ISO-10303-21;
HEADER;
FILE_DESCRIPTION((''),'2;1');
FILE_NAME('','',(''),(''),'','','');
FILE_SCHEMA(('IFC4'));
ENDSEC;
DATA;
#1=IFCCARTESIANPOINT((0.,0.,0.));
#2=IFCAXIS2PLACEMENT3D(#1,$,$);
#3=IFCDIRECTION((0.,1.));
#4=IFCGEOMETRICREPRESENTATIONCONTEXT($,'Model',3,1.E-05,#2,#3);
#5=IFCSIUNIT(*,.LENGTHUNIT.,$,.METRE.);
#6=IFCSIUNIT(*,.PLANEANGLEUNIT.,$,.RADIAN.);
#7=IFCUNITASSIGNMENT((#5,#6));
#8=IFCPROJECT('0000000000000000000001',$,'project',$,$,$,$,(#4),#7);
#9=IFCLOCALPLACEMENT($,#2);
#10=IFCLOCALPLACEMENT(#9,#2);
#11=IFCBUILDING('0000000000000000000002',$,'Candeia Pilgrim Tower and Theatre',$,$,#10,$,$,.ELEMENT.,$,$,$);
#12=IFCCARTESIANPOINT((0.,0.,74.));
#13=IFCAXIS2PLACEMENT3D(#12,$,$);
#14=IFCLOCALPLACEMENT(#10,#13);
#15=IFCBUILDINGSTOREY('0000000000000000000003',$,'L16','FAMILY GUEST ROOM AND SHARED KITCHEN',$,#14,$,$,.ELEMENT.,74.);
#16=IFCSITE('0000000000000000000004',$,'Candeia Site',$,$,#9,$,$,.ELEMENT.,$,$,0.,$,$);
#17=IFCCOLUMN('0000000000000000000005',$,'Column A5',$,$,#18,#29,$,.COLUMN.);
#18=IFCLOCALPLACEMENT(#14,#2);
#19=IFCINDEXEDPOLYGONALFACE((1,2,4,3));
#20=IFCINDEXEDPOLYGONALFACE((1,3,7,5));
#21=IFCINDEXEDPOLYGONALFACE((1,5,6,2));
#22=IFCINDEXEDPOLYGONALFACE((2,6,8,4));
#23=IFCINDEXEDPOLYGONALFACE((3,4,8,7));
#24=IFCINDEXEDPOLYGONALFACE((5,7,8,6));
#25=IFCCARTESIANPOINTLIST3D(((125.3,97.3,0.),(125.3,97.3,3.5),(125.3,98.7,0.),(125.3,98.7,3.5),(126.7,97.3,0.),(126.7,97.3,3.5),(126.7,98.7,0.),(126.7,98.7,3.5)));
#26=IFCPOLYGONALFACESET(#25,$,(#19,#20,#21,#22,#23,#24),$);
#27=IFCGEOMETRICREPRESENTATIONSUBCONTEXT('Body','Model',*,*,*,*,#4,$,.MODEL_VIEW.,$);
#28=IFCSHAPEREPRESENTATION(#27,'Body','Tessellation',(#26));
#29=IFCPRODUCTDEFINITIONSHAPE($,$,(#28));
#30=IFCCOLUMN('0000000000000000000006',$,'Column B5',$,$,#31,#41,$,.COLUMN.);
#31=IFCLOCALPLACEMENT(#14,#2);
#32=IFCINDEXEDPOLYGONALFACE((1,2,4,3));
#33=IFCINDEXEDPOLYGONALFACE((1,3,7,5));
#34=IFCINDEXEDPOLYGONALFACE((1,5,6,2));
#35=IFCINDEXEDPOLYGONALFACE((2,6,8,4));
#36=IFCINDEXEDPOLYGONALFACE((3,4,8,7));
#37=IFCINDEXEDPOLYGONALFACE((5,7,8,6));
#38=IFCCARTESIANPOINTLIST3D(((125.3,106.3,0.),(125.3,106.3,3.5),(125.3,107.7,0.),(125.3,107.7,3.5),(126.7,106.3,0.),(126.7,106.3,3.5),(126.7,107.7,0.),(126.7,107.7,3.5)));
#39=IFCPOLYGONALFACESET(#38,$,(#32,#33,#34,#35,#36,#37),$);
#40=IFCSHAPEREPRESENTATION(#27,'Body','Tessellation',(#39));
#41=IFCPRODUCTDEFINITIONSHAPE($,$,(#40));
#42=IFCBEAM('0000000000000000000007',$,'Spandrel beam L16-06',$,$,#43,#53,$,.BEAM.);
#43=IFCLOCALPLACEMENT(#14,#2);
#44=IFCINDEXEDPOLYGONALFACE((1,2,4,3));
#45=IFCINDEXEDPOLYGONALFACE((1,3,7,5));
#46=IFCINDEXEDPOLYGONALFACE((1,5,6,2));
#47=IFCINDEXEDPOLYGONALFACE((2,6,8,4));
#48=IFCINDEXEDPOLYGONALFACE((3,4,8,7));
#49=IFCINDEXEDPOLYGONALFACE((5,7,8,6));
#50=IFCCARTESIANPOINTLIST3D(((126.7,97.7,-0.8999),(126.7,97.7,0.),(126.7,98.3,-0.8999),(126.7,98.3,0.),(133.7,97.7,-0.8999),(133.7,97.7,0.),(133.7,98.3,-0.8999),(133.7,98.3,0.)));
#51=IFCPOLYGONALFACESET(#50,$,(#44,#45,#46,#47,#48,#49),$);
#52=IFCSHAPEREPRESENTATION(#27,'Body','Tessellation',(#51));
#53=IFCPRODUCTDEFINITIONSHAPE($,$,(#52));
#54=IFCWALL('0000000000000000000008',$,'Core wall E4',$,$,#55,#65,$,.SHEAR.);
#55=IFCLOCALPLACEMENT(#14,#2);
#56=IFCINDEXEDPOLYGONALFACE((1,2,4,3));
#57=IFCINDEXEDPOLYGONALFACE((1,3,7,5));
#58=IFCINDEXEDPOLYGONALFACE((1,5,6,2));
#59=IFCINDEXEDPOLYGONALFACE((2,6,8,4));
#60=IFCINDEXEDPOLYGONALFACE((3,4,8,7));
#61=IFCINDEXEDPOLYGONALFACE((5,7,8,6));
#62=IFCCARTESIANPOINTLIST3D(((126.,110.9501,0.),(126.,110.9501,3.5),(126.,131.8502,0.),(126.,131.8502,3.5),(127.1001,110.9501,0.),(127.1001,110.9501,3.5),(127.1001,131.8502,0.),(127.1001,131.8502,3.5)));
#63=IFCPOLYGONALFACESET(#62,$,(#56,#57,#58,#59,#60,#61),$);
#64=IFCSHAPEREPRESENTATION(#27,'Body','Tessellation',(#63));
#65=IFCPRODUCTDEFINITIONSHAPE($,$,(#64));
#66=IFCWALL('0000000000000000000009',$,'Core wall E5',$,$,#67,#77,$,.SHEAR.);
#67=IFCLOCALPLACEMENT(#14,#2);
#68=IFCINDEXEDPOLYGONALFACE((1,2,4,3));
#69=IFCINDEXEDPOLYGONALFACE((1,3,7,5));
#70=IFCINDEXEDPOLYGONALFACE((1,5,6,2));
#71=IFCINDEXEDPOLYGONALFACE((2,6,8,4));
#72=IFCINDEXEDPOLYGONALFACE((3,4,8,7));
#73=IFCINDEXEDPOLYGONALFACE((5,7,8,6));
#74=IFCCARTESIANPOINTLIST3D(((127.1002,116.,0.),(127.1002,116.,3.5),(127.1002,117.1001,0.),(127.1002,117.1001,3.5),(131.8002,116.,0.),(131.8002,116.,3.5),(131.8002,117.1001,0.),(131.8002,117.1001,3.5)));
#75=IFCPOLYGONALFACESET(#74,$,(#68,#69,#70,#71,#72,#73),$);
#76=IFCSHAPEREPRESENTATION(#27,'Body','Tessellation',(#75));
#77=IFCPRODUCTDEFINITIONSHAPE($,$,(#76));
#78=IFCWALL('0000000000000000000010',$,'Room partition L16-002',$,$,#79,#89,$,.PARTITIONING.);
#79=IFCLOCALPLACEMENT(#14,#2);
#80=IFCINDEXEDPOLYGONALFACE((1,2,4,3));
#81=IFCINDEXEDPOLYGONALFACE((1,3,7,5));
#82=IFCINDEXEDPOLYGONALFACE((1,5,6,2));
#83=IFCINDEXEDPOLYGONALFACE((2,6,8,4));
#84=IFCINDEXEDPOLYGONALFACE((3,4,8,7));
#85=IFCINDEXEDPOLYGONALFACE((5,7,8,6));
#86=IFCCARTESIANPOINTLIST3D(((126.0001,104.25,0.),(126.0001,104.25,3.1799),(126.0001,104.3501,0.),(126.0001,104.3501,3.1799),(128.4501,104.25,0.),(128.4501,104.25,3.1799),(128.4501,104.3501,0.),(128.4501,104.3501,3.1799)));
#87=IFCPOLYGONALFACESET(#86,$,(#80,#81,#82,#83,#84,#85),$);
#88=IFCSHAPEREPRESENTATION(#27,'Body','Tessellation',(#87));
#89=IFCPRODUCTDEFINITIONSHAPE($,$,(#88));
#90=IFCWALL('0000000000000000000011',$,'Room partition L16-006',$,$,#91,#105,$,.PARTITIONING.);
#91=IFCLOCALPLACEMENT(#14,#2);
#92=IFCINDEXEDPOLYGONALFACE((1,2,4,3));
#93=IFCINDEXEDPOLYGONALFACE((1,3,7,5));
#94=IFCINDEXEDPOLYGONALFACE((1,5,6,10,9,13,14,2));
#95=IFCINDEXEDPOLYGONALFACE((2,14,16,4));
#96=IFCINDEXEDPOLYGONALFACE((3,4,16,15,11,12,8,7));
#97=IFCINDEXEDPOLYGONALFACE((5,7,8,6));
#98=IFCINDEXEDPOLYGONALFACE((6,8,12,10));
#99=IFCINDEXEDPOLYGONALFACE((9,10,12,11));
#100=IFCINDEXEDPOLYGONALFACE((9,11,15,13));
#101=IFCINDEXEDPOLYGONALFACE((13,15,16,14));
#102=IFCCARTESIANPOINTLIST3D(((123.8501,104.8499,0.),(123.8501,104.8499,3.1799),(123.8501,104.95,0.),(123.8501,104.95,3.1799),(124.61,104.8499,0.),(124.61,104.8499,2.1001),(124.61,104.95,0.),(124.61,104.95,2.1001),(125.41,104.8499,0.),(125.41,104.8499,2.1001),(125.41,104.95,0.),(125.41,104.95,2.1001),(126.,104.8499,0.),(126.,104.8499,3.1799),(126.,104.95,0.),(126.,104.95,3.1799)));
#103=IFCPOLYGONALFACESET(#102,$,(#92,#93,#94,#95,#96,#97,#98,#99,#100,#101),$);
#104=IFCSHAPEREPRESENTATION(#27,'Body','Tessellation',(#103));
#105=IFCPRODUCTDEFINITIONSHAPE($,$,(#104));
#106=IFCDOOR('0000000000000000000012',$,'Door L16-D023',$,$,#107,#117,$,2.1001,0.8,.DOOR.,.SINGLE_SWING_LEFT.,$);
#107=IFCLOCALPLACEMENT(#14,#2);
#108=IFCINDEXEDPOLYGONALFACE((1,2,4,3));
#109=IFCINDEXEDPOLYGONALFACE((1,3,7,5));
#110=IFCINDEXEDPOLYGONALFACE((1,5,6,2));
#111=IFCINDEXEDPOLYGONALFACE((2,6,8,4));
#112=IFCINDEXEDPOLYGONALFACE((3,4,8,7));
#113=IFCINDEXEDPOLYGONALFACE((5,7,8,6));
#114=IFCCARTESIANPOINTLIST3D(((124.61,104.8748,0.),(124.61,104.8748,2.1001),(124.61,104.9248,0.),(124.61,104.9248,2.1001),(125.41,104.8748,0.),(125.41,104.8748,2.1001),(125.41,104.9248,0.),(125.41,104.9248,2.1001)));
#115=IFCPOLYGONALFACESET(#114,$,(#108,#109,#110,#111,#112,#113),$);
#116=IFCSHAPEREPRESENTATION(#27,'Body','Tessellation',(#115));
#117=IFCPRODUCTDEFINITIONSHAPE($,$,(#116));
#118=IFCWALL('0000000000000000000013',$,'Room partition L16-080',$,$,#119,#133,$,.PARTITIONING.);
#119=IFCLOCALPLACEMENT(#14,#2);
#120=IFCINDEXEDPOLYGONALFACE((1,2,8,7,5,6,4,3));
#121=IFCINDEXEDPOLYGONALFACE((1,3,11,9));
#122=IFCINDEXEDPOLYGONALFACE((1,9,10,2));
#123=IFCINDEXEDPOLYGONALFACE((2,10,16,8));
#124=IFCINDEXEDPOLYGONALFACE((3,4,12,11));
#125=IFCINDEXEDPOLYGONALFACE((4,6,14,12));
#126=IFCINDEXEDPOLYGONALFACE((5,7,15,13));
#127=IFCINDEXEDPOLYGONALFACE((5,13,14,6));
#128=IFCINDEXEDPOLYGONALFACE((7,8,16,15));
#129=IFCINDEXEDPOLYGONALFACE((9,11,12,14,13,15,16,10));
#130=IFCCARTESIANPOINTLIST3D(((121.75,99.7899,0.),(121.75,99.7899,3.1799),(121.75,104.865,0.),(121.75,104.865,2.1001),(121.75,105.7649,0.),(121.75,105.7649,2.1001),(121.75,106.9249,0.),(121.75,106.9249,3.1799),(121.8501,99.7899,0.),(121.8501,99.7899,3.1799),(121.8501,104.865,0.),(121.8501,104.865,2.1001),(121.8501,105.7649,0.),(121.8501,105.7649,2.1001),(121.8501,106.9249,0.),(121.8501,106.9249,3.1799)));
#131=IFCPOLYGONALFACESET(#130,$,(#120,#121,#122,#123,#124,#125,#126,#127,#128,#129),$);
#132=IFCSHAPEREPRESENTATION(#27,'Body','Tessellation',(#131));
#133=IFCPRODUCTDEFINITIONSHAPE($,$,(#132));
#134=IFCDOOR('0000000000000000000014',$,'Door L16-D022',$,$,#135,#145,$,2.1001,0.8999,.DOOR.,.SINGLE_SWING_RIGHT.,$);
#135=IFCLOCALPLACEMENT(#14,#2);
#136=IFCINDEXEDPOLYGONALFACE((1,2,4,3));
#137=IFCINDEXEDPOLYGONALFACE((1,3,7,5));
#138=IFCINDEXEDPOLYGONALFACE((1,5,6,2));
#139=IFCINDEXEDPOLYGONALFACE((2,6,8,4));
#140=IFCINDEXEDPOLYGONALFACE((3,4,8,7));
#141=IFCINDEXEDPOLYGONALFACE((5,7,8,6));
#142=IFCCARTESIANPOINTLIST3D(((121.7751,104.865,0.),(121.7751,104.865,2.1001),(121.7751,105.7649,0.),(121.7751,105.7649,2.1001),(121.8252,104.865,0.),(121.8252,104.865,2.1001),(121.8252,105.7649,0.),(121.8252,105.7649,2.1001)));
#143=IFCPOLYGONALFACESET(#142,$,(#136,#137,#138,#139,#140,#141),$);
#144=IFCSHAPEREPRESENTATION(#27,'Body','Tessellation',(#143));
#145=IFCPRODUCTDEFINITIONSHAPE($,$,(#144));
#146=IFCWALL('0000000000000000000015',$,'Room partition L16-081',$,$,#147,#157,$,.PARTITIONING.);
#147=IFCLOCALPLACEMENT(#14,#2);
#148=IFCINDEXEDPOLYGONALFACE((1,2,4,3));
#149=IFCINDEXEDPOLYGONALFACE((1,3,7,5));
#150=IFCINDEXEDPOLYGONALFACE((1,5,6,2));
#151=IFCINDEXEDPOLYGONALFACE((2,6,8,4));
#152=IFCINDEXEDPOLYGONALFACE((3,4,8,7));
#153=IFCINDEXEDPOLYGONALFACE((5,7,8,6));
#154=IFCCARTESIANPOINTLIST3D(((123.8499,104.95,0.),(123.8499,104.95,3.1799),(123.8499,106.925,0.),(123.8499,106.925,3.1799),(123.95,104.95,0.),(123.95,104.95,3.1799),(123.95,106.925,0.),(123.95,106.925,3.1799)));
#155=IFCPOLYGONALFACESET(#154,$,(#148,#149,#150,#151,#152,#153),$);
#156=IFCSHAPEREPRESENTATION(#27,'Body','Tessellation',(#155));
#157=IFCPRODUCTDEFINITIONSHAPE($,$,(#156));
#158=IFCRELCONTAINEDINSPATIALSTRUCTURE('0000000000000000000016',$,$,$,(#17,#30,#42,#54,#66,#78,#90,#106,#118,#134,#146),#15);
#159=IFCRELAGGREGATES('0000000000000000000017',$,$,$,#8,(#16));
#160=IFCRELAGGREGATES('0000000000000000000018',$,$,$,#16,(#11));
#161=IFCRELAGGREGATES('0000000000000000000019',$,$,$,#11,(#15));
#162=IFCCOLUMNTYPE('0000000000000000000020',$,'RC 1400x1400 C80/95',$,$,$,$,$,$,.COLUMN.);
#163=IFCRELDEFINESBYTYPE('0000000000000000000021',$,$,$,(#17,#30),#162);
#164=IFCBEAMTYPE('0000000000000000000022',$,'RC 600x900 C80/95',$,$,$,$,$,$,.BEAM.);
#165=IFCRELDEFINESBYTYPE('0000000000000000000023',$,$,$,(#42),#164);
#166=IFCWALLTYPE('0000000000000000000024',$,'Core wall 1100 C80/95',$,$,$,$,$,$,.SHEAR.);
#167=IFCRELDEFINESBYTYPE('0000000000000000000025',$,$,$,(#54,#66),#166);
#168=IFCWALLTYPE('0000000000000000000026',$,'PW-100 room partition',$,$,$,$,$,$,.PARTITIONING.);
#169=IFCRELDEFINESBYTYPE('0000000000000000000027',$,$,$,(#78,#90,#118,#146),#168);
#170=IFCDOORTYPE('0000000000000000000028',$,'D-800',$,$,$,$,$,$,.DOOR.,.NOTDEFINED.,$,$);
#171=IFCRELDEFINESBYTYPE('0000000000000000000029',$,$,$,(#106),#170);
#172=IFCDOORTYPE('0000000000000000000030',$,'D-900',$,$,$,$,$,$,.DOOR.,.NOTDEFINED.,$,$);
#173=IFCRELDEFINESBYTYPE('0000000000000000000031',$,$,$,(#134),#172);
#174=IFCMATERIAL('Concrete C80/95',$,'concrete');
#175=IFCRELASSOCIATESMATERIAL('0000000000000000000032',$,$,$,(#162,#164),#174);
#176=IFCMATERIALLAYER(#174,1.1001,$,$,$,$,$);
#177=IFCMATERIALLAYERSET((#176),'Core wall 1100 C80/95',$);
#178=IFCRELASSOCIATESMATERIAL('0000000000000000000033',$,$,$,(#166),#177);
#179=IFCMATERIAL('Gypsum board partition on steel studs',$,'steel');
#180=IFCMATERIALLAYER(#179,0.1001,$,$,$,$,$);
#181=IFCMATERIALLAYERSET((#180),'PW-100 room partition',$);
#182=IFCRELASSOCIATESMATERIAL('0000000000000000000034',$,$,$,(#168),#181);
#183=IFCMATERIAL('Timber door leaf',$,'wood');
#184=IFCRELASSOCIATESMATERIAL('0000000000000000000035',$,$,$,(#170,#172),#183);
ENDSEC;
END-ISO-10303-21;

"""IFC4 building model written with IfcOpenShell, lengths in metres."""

from ifc_helpers import new_model, si_unit, direction, frame, frame_2d, origin, origin_2d, place, context, subcontext, project, spatial, rectangle, extrude, material, layer, layer_set, material_profile, profile_set, type_object, element, fill, save


model = new_model("IFC4")

# Units and contexts
model_context = context("Model", 3, precision=1e-05, world=origin(), true_north=direction((0.0, 1.0)))
body_context = subcontext(model_context, "Body", "Model", "MODEL_VIEW")
ifc_project = project(units=[si_unit("LENGTHUNIT", "METRE"), si_unit("PLANEANGLEUNIT", "RADIAN")], contexts=[model_context])

# Site, building, storey
site_placement = place(None, origin())
site = spatial("IfcSite", under=ifc_project, at=site_placement, Name="Candeia Site", CompositionType="ELEMENT", RefElevation=0.0)
building_placement = place(site_placement, origin())
building = spatial("IfcBuilding", under=site, at=building_placement, Name="Candeia Pilgrim Tower and Theatre", CompositionType="ELEMENT")
storey_placement = place(building_placement, frame((0.0, 0.0, 74.0)))
storey = spatial("IfcBuildingStorey", under=building, at=storey_placement, Name="L16", Description="FAMILY GUEST ROOM AND SHARED KITCHEN", CompositionType="ELEMENT", Elevation=74.0)

# Columns
ifc_material_1 = material(Name="Concrete C80/95", Category="concrete")
ifc_material_profile_1 = material_profile(ifc_material_1, rectangle(XDim=1.3999, YDim=1.3999, at=origin_2d()))
ifc_profile_set_1 = profile_set([ifc_material_profile_1], Name="Concrete C80/95")
column_type = type_object("IfcColumnType", Name="RC 1400x1400 C80/95", PredefinedType="COLUMN", material=ifc_profile_set_1)
for number, where, z_axis, x_axis, name in (
    (1, (126.0, 98.0, 0.0), (0.0, 0.0, 1.0), (1.0, 0.0, 0.0), "Column A5"),
    (2, (126.0, 107.0, 0.0), (0.0, 0.0, 1.0), (1.0, 0.0, 0.0), "Column B5"),
):
    element("IfcColumn", number, at=place(storey_placement, frame(where, z_axis=z_axis, x_axis=x_axis)), inside=storey, type_object=column_type, Name=name, PredefinedType="COLUMN", context=body_context, shape_type="SweptSolid", body=[
        extrude(rectangle(XDim=1.3999, YDim=1.3999, at=origin_2d()), origin(), (0.0, 0.0, 1.0), 3.5),
    ])

# Beam
ifc_material_profile_2 = material_profile(ifc_material_1, rectangle(XDim=0.6001, YDim=0.8999, at=origin_2d()))
ifc_profile_set_2 = profile_set([ifc_material_profile_2], Name="Concrete C80/95")
beam_type = type_object("IfcBeamType", Name="RC 600x900 C80/95", PredefinedType="BEAM", material=ifc_profile_set_2)
beam_placement = place(storey_placement, frame((126.7, 98.0, -0.45), z_axis=(1.0, 0.0, 0.0), x_axis=(0.0, 1.0, 0.0)))
element("IfcBeam", 3, at=beam_placement, inside=storey, type_object=beam_type, Name="Spandrel beam L16-06", PredefinedType="BEAM", context=body_context, shape_type="SweptSolid", body=[
    extrude(rectangle(XDim=0.6001, YDim=0.8999, at=origin_2d()), origin(), (0.0, 0.0, 1.0), 7.0),
])

# Walls
ifc_layer_1 = layer(ifc_material_1, 1.1001)
ifc_layer_set_1 = layer_set([ifc_layer_1], Name="Core wall 1100 C80/95")
wall_type_1 = type_object("IfcWallType", Name="Core wall 1100 C80/95", PredefinedType="SHEAR", material=ifc_layer_set_1)
wall_1_placement = place(storey_placement, frame((126.55, 110.95, 0.0), z_axis=(0.0, 0.0, 1.0), x_axis=(0.0, 1.0, 0.0)))
element("IfcWall", 4, at=wall_1_placement, inside=storey, type_object=wall_type_1, Name="Core wall E4", PredefinedType="SHEAR", context=body_context, shape_type="SweptSolid", body=[
    extrude(rectangle(XDim=20.9001, YDim=1.1001, at=frame_2d((10.4502, 0.0))), origin(), (0.0, 0.0, 1.0), 3.5),
])
wall_2_placement = place(storey_placement, frame((127.1001, 116.55, 0.0), z_axis=(0.0, 0.0, 1.0), x_axis=(1.0, 0.0, 0.0)))
element("IfcWall", 5, at=wall_2_placement, inside=storey, type_object=wall_type_1, Name="Core wall E5", PredefinedType="SHEAR", context=body_context, shape_type="SweptSolid", body=[
    extrude(rectangle(XDim=4.7, YDim=1.1001, at=frame_2d((2.3501, 0.0))), origin(), (0.0, 0.0, 1.0), 3.5),
])
ifc_material_2 = material(Name="Gypsum board partition on steel studs", Category="steel")
ifc_layer_2 = layer(ifc_material_2, 0.1001)
ifc_layer_set_2 = layer_set([ifc_layer_2], Name="PW-100 room partition")
wall_type_2 = type_object("IfcWallType", Name="PW-100 room partition", PredefinedType="PARTITIONING", material=ifc_layer_set_2)
wall_3_placement = place(storey_placement, frame((126.0, 104.3, 0.0), z_axis=(0.0, 0.0, 1.0), x_axis=(1.0, 0.0, 0.0)))
element("IfcWall", 6, at=wall_3_placement, inside=storey, type_object=wall_type_2, Name="Room partition L16-002", PredefinedType="PARTITIONING", context=body_context, shape_type="SweptSolid", body=[
    extrude(rectangle(XDim=2.45, YDim=0.1001, at=frame_2d((1.2251, 0.0))), origin(), (0.0, 0.0, 1.0), 3.1799),
])

# Walls, openings, doors
wall_4_placement = place(storey_placement, frame((123.8501, 104.8999, 0.0), z_axis=(0.0, 0.0, 1.0), x_axis=(1.0, 0.0, 0.0)))
wall_4 = element("IfcWall", 7, at=wall_4_placement, inside=storey, type_object=wall_type_2, Name="Room partition L16-006", PredefinedType="PARTITIONING", context=body_context, shape_type="SweptSolid", body=[
    extrude(rectangle(XDim=2.1499, YDim=0.1001, at=frame_2d((1.075, 0.0))), origin(), (0.0, 0.0, 1.0), 3.1799),
])
opening_1_placement = place(wall_4_placement, frame((0.76, 0.0, 0.0)))
opening_1 = element("IfcOpeningElement", 8, at=opening_1_placement, cuts=wall_4, PredefinedType="OPENING", context=body_context, shape_type="SweptSolid", body=[
    extrude(rectangle(XDim=0.8, YDim=2.1001, at=frame_2d((0.3999, 1.05))), frame((0.0, 0.0601, 0.0), z_axis=(0.0, -1.0, 0.0), x_axis=(1.0, 0.0, 0.0)), (0.0, 0.0, 1.0), 0.1201),
])
ifc_material_3 = material(Name="Timber door leaf", Category="wood")
door_type_1 = type_object("IfcDoorType", Name="D-800", OperationType="NOTDEFINED", PredefinedType="DOOR", material=ifc_material_3)
door_1_placement = place(opening_1_placement, origin())
door_1 = element("IfcDoor", 9, at=door_1_placement, inside=storey, type_object=door_type_1, Name="Door L16-D023", OperationType="SINGLE_SWING_LEFT", OverallHeight=2.1001, OverallWidth=0.8, PredefinedType="DOOR", context=body_context, shape_type="SweptSolid", body=[
    extrude(rectangle(XDim=0.8, YDim=2.1001, at=frame_2d((0.3999, 1.05))), frame((0.0, 0.0249, 0.0), z_axis=(0.0, -1.0, 0.0), x_axis=(1.0, 0.0, 0.0)), (0.0, 0.0, 1.0), 0.05),
])
fill(opening_1, door_1)
wall_5_placement = place(storey_placement, frame((121.8, 99.79, 0.0), z_axis=(0.0, 0.0, 1.0), x_axis=(0.0, 1.0, 0.0)))
wall_5 = element("IfcWall", 10, at=wall_5_placement, inside=storey, type_object=wall_type_2, Name="Room partition L16-080", PredefinedType="PARTITIONING", context=body_context, shape_type="SweptSolid", body=[
    extrude(rectangle(XDim=7.135, YDim=0.1001, at=frame_2d((3.5674, 0.0))), origin(), (0.0, 0.0, 1.0), 3.1799),
])
opening_2_placement = place(wall_5_placement, frame((5.075, 0.0, 0.0)))
opening_2 = element("IfcOpeningElement", 11, at=opening_2_placement, cuts=wall_5, PredefinedType="OPENING", context=body_context, shape_type="SweptSolid", body=[
    extrude(rectangle(XDim=0.8999, YDim=2.1001, at=frame_2d((0.45, 1.05))), frame((0.0, 0.0601, 0.0), z_axis=(0.0, -1.0, 0.0), x_axis=(1.0, 0.0, 0.0)), (0.0, 0.0, 1.0), 0.1201),
])
door_type_2 = type_object("IfcDoorType", Name="D-900", OperationType="NOTDEFINED", PredefinedType="DOOR", material=ifc_material_3)
door_2_placement = place(opening_2_placement, origin())
door_2 = element("IfcDoor", 12, at=door_2_placement, inside=storey, type_object=door_type_2, Name="Door L16-D022", OperationType="SINGLE_SWING_RIGHT", OverallHeight=2.1001, OverallWidth=0.8999, PredefinedType="DOOR", context=body_context, shape_type="SweptSolid", body=[
    extrude(rectangle(XDim=0.8999, YDim=2.1001, at=frame_2d((0.45, 1.05))), frame((0.0, 0.0249, 0.0), z_axis=(0.0, -1.0, 0.0), x_axis=(1.0, 0.0, 0.0)), (0.0, 0.0, 1.0), 0.05),
])
fill(opening_2, door_2)

# Wall
wall_6_placement = place(storey_placement, frame((123.8999, 104.95, 0.0), z_axis=(0.0, 0.0, 1.0), x_axis=(0.0, 1.0, 0.0)))
element("IfcWall", 13, at=wall_6_placement, inside=storey, type_object=wall_type_2, Name="Room partition L16-081", PredefinedType="PARTITIONING", context=body_context, shape_type="SweptSolid", body=[
    extrude(rectangle(XDim=1.9751, YDim=0.1001, at=frame_2d((0.9875, 0.0))), origin(), (0.0, 0.0, 1.0), 3.1799),
])

save(model, "model.ifc")
